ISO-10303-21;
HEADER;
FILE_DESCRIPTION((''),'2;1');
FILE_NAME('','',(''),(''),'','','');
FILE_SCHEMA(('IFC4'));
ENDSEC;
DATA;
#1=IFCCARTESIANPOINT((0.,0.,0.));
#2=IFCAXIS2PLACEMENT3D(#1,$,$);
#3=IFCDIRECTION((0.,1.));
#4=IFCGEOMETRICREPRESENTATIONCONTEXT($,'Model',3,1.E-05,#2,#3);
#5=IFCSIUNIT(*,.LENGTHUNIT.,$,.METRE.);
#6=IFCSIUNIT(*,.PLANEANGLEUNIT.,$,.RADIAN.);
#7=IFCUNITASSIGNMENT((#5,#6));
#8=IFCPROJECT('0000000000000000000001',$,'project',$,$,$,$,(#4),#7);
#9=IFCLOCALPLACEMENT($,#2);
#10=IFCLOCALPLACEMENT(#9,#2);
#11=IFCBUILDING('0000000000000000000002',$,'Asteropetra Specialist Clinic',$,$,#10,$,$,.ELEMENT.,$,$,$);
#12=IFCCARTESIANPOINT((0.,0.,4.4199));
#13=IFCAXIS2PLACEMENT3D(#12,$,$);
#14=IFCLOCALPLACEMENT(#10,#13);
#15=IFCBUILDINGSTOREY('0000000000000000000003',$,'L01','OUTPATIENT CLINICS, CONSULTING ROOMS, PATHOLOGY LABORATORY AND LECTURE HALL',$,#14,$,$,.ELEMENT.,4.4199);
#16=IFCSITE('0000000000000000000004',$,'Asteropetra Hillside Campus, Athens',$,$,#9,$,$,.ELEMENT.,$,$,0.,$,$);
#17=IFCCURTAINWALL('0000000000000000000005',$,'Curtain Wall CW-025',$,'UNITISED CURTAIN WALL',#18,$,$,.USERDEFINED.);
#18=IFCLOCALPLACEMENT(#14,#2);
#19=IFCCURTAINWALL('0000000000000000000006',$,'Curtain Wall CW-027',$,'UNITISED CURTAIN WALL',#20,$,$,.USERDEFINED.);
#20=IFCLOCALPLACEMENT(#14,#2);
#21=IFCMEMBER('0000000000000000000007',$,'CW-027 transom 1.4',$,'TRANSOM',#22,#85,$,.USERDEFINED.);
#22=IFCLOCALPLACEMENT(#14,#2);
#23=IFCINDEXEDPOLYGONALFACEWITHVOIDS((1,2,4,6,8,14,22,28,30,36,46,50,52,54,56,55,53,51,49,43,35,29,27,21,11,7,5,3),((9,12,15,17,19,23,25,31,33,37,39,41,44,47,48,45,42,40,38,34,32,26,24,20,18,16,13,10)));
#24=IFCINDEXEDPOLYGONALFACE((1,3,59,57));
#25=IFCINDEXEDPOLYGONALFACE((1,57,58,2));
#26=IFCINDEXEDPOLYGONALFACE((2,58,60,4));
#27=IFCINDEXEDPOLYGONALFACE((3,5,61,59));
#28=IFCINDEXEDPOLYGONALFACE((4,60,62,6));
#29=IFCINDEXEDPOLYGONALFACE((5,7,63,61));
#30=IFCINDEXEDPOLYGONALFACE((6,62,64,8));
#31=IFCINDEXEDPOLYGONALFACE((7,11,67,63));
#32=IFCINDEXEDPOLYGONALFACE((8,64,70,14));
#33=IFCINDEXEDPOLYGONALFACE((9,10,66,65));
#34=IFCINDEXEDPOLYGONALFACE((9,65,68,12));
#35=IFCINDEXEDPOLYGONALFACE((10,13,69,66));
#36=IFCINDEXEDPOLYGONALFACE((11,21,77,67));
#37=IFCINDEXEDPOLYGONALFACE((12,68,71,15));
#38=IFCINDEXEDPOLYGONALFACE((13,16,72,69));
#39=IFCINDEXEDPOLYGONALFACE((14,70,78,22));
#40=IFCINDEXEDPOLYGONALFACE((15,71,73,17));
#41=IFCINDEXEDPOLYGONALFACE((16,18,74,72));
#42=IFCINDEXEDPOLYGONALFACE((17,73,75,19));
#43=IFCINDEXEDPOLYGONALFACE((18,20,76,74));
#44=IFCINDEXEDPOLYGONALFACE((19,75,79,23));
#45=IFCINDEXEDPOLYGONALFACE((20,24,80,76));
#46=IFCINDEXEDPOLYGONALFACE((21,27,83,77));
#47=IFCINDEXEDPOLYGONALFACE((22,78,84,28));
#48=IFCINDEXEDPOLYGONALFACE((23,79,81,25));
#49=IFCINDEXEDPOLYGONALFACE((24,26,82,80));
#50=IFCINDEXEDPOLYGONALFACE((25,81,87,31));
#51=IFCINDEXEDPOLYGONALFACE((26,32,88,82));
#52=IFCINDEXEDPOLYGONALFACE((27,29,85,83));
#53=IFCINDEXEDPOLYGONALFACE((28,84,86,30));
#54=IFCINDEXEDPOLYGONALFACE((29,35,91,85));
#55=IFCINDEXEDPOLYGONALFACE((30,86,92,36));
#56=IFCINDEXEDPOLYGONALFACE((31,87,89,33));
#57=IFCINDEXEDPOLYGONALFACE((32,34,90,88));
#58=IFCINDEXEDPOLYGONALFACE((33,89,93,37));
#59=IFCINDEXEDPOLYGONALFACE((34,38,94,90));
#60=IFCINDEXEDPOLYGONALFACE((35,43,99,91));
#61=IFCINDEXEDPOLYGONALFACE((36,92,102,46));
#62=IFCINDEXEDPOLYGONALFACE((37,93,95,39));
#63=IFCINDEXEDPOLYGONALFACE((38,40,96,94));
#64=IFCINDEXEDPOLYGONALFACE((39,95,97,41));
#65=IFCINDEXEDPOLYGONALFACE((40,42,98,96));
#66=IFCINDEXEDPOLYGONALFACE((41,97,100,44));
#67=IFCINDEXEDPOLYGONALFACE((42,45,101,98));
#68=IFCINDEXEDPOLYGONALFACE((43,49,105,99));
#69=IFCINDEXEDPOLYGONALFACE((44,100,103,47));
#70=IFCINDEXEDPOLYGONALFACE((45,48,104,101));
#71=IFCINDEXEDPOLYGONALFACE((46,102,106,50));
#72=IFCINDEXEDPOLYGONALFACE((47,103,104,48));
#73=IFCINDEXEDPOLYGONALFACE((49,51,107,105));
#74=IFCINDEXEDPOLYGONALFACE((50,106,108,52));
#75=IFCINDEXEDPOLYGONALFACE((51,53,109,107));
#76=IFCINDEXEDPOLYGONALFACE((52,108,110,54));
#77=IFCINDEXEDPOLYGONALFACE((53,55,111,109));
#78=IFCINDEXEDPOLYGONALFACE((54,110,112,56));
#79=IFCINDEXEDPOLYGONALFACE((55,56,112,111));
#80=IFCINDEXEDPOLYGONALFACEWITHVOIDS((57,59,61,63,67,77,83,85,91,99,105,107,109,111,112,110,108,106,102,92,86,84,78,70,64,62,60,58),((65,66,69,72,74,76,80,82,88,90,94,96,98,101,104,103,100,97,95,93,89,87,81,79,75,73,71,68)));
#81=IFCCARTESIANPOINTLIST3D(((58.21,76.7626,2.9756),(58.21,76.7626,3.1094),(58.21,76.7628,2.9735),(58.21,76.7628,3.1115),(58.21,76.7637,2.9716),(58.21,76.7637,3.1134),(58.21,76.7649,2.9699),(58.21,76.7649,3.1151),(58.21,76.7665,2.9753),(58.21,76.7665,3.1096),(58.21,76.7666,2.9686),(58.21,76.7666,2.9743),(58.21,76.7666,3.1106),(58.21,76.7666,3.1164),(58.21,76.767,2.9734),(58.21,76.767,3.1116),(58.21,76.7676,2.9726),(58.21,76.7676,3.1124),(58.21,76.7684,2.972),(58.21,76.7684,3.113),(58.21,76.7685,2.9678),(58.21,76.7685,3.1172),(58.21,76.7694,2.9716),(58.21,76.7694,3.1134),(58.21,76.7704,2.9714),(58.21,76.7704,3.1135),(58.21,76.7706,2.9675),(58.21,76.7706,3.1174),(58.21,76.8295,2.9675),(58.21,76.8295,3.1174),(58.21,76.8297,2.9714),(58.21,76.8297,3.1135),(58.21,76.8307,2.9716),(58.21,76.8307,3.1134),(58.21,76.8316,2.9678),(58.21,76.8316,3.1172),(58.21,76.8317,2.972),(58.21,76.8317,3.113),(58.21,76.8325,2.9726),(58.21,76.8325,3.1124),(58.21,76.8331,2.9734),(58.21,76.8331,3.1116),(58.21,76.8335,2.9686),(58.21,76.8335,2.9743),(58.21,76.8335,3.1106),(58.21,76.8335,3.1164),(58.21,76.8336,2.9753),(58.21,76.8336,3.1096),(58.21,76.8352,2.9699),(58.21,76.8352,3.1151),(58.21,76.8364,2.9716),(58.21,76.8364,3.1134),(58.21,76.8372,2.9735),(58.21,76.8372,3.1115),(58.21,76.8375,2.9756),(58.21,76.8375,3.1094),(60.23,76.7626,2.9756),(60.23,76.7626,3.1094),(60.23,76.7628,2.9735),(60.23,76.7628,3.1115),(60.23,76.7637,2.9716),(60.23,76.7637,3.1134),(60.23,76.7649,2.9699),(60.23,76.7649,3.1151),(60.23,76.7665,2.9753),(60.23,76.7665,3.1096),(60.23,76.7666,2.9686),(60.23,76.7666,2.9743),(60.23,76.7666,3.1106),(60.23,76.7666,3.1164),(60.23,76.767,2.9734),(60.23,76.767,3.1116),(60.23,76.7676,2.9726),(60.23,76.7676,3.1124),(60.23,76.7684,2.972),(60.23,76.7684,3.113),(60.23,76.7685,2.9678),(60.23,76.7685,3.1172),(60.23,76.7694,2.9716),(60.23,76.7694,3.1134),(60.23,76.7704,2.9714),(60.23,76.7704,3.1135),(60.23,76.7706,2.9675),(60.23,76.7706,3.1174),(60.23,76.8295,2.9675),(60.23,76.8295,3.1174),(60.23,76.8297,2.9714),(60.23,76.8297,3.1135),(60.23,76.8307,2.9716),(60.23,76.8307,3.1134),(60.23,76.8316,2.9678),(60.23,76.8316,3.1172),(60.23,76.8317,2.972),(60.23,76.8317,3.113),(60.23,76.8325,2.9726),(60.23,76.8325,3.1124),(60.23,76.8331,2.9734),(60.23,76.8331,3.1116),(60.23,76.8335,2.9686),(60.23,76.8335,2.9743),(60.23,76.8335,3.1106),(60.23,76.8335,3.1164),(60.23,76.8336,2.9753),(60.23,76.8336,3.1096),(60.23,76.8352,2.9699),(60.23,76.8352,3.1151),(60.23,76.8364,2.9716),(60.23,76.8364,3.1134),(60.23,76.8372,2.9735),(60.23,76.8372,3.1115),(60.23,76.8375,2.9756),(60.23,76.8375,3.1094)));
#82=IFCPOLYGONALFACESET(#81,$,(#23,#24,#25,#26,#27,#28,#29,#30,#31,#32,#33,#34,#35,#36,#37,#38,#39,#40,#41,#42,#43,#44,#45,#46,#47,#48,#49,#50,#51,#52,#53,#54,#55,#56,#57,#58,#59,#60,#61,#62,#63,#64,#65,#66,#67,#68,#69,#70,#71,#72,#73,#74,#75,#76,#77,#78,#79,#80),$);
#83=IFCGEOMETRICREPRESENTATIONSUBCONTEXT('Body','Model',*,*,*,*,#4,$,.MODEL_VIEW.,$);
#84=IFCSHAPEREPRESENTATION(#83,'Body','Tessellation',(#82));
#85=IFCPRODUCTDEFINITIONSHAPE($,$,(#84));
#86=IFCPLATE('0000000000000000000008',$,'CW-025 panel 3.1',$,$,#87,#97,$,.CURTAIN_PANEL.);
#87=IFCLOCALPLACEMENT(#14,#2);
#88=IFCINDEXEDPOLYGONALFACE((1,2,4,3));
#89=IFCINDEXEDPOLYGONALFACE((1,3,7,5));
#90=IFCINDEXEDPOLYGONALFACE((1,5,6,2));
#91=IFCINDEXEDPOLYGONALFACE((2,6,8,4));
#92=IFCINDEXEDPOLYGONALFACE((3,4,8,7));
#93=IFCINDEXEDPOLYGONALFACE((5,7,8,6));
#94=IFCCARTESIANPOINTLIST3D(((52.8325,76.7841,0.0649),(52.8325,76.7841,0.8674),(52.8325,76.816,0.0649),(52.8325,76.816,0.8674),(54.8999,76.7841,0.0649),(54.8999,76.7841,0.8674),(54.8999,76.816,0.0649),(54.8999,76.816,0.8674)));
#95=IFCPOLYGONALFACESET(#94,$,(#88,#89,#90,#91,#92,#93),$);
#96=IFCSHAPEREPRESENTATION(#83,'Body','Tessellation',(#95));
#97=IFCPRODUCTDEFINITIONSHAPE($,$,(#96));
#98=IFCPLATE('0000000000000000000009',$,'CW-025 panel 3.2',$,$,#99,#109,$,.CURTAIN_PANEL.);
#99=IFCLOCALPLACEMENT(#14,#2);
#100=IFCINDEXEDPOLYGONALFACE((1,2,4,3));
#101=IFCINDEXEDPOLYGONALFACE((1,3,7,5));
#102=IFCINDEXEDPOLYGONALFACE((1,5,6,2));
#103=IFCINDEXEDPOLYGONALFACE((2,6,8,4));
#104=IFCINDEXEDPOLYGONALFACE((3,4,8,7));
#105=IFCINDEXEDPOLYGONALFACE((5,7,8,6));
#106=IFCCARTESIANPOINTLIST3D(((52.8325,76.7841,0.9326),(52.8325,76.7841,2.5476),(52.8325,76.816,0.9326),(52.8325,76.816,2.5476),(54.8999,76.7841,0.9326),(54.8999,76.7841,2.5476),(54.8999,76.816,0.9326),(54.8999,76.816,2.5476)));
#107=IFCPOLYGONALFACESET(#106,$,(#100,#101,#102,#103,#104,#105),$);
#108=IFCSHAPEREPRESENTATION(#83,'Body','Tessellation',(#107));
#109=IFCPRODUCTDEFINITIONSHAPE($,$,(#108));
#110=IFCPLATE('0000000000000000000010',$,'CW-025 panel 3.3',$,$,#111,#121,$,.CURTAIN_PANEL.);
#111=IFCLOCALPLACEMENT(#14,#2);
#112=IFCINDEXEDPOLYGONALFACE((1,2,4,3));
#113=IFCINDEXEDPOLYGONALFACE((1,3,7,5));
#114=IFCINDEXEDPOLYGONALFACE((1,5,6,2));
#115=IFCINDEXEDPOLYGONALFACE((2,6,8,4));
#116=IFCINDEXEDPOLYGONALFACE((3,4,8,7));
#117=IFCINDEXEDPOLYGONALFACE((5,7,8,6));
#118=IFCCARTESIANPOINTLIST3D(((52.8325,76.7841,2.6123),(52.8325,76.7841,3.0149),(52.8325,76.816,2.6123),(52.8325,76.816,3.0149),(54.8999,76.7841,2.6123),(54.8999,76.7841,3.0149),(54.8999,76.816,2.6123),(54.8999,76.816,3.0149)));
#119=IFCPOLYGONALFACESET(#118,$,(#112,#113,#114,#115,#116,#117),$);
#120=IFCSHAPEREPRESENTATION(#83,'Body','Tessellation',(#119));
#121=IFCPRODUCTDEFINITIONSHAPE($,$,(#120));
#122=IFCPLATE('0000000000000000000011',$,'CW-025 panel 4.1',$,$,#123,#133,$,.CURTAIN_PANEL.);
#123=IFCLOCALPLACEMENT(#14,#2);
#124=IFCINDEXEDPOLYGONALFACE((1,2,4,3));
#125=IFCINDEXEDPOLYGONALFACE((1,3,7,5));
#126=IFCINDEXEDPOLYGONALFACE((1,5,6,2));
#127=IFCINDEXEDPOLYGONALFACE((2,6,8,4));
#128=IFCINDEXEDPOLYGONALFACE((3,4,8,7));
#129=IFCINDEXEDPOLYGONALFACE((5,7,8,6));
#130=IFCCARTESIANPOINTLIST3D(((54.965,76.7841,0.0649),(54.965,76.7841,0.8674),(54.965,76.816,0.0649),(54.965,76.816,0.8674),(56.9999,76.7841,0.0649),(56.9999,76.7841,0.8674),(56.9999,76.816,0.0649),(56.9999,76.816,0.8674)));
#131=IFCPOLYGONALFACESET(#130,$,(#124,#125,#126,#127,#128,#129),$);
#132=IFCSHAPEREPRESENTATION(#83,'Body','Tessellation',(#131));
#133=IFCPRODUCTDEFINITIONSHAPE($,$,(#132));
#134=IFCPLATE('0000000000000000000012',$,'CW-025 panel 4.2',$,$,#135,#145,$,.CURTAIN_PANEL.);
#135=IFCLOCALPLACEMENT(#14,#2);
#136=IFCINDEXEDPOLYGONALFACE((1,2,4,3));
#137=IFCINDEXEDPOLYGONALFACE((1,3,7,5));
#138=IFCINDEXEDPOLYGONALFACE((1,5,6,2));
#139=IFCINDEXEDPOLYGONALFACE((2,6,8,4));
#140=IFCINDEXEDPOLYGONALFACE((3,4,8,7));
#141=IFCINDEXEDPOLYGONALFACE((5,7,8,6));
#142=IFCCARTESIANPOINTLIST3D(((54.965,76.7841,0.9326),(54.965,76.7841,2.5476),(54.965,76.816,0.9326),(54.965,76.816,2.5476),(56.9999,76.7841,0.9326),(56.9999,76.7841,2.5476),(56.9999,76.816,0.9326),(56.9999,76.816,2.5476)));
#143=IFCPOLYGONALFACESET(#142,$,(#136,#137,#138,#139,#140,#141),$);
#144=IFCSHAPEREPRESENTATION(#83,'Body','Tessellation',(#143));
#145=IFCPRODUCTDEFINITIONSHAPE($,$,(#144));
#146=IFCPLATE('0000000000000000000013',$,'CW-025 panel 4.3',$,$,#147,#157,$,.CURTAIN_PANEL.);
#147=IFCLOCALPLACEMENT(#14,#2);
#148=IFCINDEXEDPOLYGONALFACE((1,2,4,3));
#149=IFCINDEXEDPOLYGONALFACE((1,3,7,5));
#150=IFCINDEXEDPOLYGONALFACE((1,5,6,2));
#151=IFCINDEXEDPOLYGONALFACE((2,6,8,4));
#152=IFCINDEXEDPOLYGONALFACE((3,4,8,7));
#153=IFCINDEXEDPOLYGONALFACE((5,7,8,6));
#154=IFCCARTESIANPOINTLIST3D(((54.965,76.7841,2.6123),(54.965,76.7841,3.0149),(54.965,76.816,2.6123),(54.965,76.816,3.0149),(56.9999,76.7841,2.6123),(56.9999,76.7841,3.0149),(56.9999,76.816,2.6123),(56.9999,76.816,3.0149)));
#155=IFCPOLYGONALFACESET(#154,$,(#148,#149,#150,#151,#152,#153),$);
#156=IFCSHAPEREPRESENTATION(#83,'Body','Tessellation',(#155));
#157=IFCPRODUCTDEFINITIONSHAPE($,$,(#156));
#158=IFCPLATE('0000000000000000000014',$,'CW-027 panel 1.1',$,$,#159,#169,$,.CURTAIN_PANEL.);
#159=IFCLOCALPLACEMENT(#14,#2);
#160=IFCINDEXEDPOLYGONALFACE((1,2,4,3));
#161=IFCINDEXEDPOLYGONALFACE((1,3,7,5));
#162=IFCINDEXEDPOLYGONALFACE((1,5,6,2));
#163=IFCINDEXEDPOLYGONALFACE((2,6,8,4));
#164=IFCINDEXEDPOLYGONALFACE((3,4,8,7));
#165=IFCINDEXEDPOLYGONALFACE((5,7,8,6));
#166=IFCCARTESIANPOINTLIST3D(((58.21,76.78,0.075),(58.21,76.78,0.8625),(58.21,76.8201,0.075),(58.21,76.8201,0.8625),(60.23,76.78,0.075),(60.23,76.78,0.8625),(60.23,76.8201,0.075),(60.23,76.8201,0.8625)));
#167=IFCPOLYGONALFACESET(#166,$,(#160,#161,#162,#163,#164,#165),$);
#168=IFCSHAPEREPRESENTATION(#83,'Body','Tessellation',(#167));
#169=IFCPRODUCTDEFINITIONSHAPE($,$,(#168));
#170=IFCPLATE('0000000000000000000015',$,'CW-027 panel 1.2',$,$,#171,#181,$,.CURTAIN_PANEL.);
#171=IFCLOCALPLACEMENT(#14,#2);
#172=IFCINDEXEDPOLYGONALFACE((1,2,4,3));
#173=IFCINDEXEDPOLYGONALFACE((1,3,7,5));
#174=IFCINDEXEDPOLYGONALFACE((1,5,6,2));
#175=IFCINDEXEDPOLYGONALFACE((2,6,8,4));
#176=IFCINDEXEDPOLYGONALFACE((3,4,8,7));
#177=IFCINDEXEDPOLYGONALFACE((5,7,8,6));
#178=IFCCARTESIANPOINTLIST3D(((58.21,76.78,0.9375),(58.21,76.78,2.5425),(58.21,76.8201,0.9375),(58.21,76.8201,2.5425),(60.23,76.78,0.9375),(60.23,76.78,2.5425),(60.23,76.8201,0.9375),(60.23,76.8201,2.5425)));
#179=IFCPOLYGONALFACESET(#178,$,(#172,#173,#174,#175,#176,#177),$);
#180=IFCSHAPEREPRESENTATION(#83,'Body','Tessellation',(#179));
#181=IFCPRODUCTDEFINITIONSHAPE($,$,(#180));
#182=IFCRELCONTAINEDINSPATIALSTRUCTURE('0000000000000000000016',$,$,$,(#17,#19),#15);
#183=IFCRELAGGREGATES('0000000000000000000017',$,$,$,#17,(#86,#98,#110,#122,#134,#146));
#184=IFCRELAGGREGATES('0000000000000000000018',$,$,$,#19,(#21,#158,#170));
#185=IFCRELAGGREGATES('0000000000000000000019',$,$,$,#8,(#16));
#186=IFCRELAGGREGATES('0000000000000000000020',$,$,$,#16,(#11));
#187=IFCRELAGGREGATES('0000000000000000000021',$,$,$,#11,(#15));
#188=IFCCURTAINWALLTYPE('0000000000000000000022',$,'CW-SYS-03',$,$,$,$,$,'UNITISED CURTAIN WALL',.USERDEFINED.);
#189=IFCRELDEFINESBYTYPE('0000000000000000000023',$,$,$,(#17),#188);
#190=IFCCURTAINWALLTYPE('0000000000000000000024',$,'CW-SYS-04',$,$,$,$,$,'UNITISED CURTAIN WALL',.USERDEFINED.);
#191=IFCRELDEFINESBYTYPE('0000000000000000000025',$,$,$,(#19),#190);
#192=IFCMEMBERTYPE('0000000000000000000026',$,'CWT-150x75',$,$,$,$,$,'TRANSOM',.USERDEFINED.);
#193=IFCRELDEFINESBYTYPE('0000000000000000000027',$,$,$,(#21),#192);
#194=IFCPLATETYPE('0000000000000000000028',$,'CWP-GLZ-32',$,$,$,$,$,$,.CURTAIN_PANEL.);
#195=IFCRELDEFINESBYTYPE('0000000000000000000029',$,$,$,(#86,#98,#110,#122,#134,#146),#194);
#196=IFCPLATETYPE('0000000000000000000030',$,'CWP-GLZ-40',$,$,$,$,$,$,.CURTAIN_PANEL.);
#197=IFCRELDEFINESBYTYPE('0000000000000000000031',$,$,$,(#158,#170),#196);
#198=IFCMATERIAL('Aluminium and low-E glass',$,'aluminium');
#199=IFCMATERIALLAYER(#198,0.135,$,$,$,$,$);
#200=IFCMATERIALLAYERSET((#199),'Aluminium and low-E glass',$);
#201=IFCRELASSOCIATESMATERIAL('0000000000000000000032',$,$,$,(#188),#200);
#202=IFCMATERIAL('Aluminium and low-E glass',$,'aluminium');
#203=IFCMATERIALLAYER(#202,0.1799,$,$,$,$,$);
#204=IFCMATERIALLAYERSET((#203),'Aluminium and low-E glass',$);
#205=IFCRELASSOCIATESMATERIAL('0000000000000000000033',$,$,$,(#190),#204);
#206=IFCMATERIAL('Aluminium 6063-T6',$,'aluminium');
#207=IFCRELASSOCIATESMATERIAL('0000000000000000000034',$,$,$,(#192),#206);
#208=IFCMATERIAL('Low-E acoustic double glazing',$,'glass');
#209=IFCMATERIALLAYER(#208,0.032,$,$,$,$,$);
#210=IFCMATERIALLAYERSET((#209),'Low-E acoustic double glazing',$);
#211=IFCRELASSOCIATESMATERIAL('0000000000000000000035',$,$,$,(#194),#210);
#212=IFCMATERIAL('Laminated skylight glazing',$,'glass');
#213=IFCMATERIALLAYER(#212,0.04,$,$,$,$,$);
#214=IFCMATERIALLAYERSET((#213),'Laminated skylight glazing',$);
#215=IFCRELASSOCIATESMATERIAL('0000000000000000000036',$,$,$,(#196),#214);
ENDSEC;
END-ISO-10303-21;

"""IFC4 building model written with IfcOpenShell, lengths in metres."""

from ifc_helpers import new_model, si_unit, direction, frame, origin, origin_2d, place, context, subcontext, project, spatial, rectangle, hollow_rectangle, extrude, material, layer, layer_set, material_profile, profile_set, type_object, element, aggregate, save


model = new_model("IFC4")

# Units and contexts
model_context = context("Model", 3, precision=1e-05, world=origin(), true_north=direction((0.0, 1.0)))
body_context = subcontext(model_context, "Body", "Model", "MODEL_VIEW")
ifc_project = project(units=[si_unit("LENGTHUNIT", "METRE"), si_unit("PLANEANGLEUNIT", "RADIAN")], contexts=[model_context])

# Site, building, storey
site_placement = place(None, origin())
site = spatial("IfcSite", under=ifc_project, at=site_placement, Name="Asteropetra Hillside Campus, Athens", CompositionType="ELEMENT", RefElevation=0.0)
building_placement = place(site_placement, origin())
building = spatial("IfcBuilding", under=site, at=building_placement, Name="Asteropetra Specialist Clinic", CompositionType="ELEMENT")
storey_placement = place(building_placement, frame((0.0, 0.0, 4.4199)))
storey = spatial("IfcBuildingStorey", under=building, at=storey_placement, Name="L01", Description="OUTPATIENT CLINICS, CONSULTING ROOMS, PATHOLOGY LABORATORY AND LECTURE HALL", CompositionType="ELEMENT", Elevation=4.4199)

# Curtain wall
ifc_material_1 = material(Name="Aluminium and low-E glass", Category="aluminium")
ifc_layer_1 = layer(ifc_material_1, 0.135)
ifc_layer_set_1 = layer_set([ifc_layer_1], Name="Aluminium and low-E glass")
curtain_wall_type_1 = type_object("IfcCurtainWallType", Name="CW-SYS-03", ElementType="UNITISED CURTAIN WALL", PredefinedType="USERDEFINED", material=ifc_layer_set_1)
curtain_wall_1_placement = place(storey_placement, origin())
curtain_wall_1 = element("IfcCurtainWall", 1, at=curtain_wall_1_placement, inside=storey, type_object=curtain_wall_type_1, Name="Curtain Wall CW-025", ObjectType="UNITISED CURTAIN WALL", PredefinedType="USERDEFINED")

# Curtain wall
ifc_material_2 = material(Name="Aluminium and low-E glass", Category="aluminium")
ifc_layer_2 = layer(ifc_material_2, 0.1799)
ifc_layer_set_2 = layer_set([ifc_layer_2], Name="Aluminium and low-E glass")
curtain_wall_type_2 = type_object("IfcCurtainWallType", Name="CW-SYS-04", ElementType="UNITISED CURTAIN WALL", PredefinedType="USERDEFINED", material=ifc_layer_set_2)
curtain_wall_2_placement = place(storey_placement, origin())
curtain_wall_2 = element("IfcCurtainWall", 2, at=curtain_wall_2_placement, inside=storey, type_object=curtain_wall_type_2, Name="Curtain Wall CW-027", ObjectType="UNITISED CURTAIN WALL", PredefinedType="USERDEFINED")

# Member
ifc_material_3 = material(Name="Aluminium 6063-T6", Category="aluminium")
ifc_material_profile_1 = material_profile(ifc_material_3, hollow_rectangle(XDim=0.075, YDim=0.1499, WallThickness=0.0039, InnerFilletRadius=0.0039, OuterFilletRadius=0.0081, at=origin_2d()), Name="TRN 150x75x4.0")
ifc_profile_set_1 = profile_set([ifc_material_profile_1], Name="Aluminium 6063-T6")
member_type_1 = type_object("IfcMemberType", Name="CWT-150x75", ElementType="TRANSOM", PredefinedType="USERDEFINED", material=ifc_profile_set_1)
member_1_placement = place(storey_placement, frame((58.21, 76.8, 3.0425), z_axis=(1.0, 0.0, 0.0), x_axis=(0.0, 1.0, 0.0)))
member_1 = element("IfcMember", 3, at=member_1_placement, type_object=member_type_1, Name="CW-027 transom 1.4", ObjectType="TRANSOM", PredefinedType="USERDEFINED", context=body_context, shape_type="SweptSolid", body=[
    extrude(hollow_rectangle(XDim=0.075, YDim=0.1499, WallThickness=0.0039, InnerFilletRadius=0.0039, OuterFilletRadius=0.0081, at=origin_2d()), origin(), (0.0, 0.0, 1.0), 2.02),
])

# Plates
ifc_material_4 = material(Name="Low-E acoustic double glazing", Category="glass")
ifc_layer_3 = layer(ifc_material_4, 0.032)
ifc_layer_set_3 = layer_set([ifc_layer_3], Name="Low-E acoustic double glazing")
plate_type_1 = type_object("IfcPlateType", Name="CWP-GLZ-32", PredefinedType="CURTAIN_PANEL", material=ifc_layer_set_3)
plate_1_placement = place(storey_placement, frame((53.8662, 76.8, 0.0649), z_axis=(0.0, 0.0, 1.0), x_axis=(1.0, 0.0, 0.0)))
plate_1 = element("IfcPlate", 4, at=plate_1_placement, type_object=plate_type_1, Name="CW-025 panel 3.1", PredefinedType="CURTAIN_PANEL", context=body_context, shape_type="SweptSolid", body=[
    extrude(rectangle(XDim=2.0674, YDim=0.032, at=origin_2d()), origin(), (0.0, 0.0, 1.0), 0.8025),
])
plate_2_placement = place(storey_placement, frame((53.8662, 76.8, 0.9326), z_axis=(0.0, 0.0, 1.0), x_axis=(1.0, 0.0, 0.0)))
plate_2 = element("IfcPlate", 5, at=plate_2_placement, type_object=plate_type_1, Name="CW-025 panel 3.2", PredefinedType="CURTAIN_PANEL", context=body_context, shape_type="SweptSolid", body=[
    extrude(rectangle(XDim=2.0674, YDim=0.032, at=origin_2d()), origin(), (0.0, 0.0, 1.0), 1.615),
])
plate_3_placement = place(storey_placement, frame((53.8662, 76.8, 2.6123), z_axis=(0.0, 0.0, 1.0), x_axis=(1.0, 0.0, 0.0)))
plate_3 = element("IfcPlate", 6, at=plate_3_placement, type_object=plate_type_1, Name="CW-025 panel 3.3", PredefinedType="CURTAIN_PANEL", context=body_context, shape_type="SweptSolid", body=[
    extrude(rectangle(XDim=2.0674, YDim=0.032, at=origin_2d()), origin(), (0.0, 0.0, 1.0), 0.4026),
])
plate_4_placement = place(storey_placement, frame((55.9824, 76.8, 0.0649), z_axis=(0.0, 0.0, 1.0), x_axis=(1.0, 0.0, 0.0)))
plate_4 = element("IfcPlate", 7, at=plate_4_placement, type_object=plate_type_1, Name="CW-025 panel 4.1", PredefinedType="CURTAIN_PANEL", context=body_context, shape_type="SweptSolid", body=[
    extrude(rectangle(XDim=2.0349, YDim=0.032, at=origin_2d()), origin(), (0.0, 0.0, 1.0), 0.8025),
])
plate_5_placement = place(storey_placement, frame((55.9824, 76.8, 0.9326), z_axis=(0.0, 0.0, 1.0), x_axis=(1.0, 0.0, 0.0)))
plate_5 = element("IfcPlate", 8, at=plate_5_placement, type_object=plate_type_1, Name="CW-025 panel 4.2", PredefinedType="CURTAIN_PANEL", context=body_context, shape_type="SweptSolid", body=[
    extrude(rectangle(XDim=2.0349, YDim=0.032, at=origin_2d()), origin(), (0.0, 0.0, 1.0), 1.615),
])
plate_6_placement = place(storey_placement, frame((55.9824, 76.8, 2.6123), z_axis=(0.0, 0.0, 1.0), x_axis=(1.0, 0.0, 0.0)))
plate_6 = element("IfcPlate", 9, at=plate_6_placement, type_object=plate_type_1, Name="CW-025 panel 4.3", PredefinedType="CURTAIN_PANEL", context=body_context, shape_type="SweptSolid", body=[
    extrude(rectangle(XDim=2.0349, YDim=0.032, at=origin_2d()), origin(), (0.0, 0.0, 1.0), 0.4026),
])
aggregate(curtain_wall_1, [plate_1, plate_2, plate_3, plate_4, plate_5, plate_6])
ifc_material_5 = material(Name="Laminated skylight glazing", Category="glass")
ifc_layer_4 = layer(ifc_material_5, 0.04)
ifc_layer_set_4 = layer_set([ifc_layer_4], Name="Laminated skylight glazing")
plate_type_2 = type_object("IfcPlateType", Name="CWP-GLZ-40", PredefinedType="CURTAIN_PANEL", material=ifc_layer_set_4)
plate_7_placement = place(storey_placement, frame((59.22, 76.8, 0.075), z_axis=(0.0, 0.0, 1.0), x_axis=(1.0, 0.0, 0.0)))
plate_7 = element("IfcPlate", 10, at=plate_7_placement, type_object=plate_type_2, Name="CW-027 panel 1.1", PredefinedType="CURTAIN_PANEL", context=body_context, shape_type="SweptSolid", body=[
    extrude(rectangle(XDim=2.02, YDim=0.04, at=origin_2d()), origin(), (0.0, 0.0, 1.0), 0.7876),
])
plate_8_placement = place(storey_placement, frame((59.22, 76.8, 0.9375), z_axis=(0.0, 0.0, 1.0), x_axis=(1.0, 0.0, 0.0)))
plate_8 = element("IfcPlate", 11, at=plate_8_placement, type_object=plate_type_2, Name="CW-027 panel 1.2", PredefinedType="CURTAIN_PANEL", context=body_context, shape_type="SweptSolid", body=[
    extrude(rectangle(XDim=2.02, YDim=0.04, at=origin_2d()), origin(), (0.0, 0.0, 1.0), 1.605),
])
aggregate(curtain_wall_2, [member_1, plate_7, plate_8])

save(model, "model.ifc")
